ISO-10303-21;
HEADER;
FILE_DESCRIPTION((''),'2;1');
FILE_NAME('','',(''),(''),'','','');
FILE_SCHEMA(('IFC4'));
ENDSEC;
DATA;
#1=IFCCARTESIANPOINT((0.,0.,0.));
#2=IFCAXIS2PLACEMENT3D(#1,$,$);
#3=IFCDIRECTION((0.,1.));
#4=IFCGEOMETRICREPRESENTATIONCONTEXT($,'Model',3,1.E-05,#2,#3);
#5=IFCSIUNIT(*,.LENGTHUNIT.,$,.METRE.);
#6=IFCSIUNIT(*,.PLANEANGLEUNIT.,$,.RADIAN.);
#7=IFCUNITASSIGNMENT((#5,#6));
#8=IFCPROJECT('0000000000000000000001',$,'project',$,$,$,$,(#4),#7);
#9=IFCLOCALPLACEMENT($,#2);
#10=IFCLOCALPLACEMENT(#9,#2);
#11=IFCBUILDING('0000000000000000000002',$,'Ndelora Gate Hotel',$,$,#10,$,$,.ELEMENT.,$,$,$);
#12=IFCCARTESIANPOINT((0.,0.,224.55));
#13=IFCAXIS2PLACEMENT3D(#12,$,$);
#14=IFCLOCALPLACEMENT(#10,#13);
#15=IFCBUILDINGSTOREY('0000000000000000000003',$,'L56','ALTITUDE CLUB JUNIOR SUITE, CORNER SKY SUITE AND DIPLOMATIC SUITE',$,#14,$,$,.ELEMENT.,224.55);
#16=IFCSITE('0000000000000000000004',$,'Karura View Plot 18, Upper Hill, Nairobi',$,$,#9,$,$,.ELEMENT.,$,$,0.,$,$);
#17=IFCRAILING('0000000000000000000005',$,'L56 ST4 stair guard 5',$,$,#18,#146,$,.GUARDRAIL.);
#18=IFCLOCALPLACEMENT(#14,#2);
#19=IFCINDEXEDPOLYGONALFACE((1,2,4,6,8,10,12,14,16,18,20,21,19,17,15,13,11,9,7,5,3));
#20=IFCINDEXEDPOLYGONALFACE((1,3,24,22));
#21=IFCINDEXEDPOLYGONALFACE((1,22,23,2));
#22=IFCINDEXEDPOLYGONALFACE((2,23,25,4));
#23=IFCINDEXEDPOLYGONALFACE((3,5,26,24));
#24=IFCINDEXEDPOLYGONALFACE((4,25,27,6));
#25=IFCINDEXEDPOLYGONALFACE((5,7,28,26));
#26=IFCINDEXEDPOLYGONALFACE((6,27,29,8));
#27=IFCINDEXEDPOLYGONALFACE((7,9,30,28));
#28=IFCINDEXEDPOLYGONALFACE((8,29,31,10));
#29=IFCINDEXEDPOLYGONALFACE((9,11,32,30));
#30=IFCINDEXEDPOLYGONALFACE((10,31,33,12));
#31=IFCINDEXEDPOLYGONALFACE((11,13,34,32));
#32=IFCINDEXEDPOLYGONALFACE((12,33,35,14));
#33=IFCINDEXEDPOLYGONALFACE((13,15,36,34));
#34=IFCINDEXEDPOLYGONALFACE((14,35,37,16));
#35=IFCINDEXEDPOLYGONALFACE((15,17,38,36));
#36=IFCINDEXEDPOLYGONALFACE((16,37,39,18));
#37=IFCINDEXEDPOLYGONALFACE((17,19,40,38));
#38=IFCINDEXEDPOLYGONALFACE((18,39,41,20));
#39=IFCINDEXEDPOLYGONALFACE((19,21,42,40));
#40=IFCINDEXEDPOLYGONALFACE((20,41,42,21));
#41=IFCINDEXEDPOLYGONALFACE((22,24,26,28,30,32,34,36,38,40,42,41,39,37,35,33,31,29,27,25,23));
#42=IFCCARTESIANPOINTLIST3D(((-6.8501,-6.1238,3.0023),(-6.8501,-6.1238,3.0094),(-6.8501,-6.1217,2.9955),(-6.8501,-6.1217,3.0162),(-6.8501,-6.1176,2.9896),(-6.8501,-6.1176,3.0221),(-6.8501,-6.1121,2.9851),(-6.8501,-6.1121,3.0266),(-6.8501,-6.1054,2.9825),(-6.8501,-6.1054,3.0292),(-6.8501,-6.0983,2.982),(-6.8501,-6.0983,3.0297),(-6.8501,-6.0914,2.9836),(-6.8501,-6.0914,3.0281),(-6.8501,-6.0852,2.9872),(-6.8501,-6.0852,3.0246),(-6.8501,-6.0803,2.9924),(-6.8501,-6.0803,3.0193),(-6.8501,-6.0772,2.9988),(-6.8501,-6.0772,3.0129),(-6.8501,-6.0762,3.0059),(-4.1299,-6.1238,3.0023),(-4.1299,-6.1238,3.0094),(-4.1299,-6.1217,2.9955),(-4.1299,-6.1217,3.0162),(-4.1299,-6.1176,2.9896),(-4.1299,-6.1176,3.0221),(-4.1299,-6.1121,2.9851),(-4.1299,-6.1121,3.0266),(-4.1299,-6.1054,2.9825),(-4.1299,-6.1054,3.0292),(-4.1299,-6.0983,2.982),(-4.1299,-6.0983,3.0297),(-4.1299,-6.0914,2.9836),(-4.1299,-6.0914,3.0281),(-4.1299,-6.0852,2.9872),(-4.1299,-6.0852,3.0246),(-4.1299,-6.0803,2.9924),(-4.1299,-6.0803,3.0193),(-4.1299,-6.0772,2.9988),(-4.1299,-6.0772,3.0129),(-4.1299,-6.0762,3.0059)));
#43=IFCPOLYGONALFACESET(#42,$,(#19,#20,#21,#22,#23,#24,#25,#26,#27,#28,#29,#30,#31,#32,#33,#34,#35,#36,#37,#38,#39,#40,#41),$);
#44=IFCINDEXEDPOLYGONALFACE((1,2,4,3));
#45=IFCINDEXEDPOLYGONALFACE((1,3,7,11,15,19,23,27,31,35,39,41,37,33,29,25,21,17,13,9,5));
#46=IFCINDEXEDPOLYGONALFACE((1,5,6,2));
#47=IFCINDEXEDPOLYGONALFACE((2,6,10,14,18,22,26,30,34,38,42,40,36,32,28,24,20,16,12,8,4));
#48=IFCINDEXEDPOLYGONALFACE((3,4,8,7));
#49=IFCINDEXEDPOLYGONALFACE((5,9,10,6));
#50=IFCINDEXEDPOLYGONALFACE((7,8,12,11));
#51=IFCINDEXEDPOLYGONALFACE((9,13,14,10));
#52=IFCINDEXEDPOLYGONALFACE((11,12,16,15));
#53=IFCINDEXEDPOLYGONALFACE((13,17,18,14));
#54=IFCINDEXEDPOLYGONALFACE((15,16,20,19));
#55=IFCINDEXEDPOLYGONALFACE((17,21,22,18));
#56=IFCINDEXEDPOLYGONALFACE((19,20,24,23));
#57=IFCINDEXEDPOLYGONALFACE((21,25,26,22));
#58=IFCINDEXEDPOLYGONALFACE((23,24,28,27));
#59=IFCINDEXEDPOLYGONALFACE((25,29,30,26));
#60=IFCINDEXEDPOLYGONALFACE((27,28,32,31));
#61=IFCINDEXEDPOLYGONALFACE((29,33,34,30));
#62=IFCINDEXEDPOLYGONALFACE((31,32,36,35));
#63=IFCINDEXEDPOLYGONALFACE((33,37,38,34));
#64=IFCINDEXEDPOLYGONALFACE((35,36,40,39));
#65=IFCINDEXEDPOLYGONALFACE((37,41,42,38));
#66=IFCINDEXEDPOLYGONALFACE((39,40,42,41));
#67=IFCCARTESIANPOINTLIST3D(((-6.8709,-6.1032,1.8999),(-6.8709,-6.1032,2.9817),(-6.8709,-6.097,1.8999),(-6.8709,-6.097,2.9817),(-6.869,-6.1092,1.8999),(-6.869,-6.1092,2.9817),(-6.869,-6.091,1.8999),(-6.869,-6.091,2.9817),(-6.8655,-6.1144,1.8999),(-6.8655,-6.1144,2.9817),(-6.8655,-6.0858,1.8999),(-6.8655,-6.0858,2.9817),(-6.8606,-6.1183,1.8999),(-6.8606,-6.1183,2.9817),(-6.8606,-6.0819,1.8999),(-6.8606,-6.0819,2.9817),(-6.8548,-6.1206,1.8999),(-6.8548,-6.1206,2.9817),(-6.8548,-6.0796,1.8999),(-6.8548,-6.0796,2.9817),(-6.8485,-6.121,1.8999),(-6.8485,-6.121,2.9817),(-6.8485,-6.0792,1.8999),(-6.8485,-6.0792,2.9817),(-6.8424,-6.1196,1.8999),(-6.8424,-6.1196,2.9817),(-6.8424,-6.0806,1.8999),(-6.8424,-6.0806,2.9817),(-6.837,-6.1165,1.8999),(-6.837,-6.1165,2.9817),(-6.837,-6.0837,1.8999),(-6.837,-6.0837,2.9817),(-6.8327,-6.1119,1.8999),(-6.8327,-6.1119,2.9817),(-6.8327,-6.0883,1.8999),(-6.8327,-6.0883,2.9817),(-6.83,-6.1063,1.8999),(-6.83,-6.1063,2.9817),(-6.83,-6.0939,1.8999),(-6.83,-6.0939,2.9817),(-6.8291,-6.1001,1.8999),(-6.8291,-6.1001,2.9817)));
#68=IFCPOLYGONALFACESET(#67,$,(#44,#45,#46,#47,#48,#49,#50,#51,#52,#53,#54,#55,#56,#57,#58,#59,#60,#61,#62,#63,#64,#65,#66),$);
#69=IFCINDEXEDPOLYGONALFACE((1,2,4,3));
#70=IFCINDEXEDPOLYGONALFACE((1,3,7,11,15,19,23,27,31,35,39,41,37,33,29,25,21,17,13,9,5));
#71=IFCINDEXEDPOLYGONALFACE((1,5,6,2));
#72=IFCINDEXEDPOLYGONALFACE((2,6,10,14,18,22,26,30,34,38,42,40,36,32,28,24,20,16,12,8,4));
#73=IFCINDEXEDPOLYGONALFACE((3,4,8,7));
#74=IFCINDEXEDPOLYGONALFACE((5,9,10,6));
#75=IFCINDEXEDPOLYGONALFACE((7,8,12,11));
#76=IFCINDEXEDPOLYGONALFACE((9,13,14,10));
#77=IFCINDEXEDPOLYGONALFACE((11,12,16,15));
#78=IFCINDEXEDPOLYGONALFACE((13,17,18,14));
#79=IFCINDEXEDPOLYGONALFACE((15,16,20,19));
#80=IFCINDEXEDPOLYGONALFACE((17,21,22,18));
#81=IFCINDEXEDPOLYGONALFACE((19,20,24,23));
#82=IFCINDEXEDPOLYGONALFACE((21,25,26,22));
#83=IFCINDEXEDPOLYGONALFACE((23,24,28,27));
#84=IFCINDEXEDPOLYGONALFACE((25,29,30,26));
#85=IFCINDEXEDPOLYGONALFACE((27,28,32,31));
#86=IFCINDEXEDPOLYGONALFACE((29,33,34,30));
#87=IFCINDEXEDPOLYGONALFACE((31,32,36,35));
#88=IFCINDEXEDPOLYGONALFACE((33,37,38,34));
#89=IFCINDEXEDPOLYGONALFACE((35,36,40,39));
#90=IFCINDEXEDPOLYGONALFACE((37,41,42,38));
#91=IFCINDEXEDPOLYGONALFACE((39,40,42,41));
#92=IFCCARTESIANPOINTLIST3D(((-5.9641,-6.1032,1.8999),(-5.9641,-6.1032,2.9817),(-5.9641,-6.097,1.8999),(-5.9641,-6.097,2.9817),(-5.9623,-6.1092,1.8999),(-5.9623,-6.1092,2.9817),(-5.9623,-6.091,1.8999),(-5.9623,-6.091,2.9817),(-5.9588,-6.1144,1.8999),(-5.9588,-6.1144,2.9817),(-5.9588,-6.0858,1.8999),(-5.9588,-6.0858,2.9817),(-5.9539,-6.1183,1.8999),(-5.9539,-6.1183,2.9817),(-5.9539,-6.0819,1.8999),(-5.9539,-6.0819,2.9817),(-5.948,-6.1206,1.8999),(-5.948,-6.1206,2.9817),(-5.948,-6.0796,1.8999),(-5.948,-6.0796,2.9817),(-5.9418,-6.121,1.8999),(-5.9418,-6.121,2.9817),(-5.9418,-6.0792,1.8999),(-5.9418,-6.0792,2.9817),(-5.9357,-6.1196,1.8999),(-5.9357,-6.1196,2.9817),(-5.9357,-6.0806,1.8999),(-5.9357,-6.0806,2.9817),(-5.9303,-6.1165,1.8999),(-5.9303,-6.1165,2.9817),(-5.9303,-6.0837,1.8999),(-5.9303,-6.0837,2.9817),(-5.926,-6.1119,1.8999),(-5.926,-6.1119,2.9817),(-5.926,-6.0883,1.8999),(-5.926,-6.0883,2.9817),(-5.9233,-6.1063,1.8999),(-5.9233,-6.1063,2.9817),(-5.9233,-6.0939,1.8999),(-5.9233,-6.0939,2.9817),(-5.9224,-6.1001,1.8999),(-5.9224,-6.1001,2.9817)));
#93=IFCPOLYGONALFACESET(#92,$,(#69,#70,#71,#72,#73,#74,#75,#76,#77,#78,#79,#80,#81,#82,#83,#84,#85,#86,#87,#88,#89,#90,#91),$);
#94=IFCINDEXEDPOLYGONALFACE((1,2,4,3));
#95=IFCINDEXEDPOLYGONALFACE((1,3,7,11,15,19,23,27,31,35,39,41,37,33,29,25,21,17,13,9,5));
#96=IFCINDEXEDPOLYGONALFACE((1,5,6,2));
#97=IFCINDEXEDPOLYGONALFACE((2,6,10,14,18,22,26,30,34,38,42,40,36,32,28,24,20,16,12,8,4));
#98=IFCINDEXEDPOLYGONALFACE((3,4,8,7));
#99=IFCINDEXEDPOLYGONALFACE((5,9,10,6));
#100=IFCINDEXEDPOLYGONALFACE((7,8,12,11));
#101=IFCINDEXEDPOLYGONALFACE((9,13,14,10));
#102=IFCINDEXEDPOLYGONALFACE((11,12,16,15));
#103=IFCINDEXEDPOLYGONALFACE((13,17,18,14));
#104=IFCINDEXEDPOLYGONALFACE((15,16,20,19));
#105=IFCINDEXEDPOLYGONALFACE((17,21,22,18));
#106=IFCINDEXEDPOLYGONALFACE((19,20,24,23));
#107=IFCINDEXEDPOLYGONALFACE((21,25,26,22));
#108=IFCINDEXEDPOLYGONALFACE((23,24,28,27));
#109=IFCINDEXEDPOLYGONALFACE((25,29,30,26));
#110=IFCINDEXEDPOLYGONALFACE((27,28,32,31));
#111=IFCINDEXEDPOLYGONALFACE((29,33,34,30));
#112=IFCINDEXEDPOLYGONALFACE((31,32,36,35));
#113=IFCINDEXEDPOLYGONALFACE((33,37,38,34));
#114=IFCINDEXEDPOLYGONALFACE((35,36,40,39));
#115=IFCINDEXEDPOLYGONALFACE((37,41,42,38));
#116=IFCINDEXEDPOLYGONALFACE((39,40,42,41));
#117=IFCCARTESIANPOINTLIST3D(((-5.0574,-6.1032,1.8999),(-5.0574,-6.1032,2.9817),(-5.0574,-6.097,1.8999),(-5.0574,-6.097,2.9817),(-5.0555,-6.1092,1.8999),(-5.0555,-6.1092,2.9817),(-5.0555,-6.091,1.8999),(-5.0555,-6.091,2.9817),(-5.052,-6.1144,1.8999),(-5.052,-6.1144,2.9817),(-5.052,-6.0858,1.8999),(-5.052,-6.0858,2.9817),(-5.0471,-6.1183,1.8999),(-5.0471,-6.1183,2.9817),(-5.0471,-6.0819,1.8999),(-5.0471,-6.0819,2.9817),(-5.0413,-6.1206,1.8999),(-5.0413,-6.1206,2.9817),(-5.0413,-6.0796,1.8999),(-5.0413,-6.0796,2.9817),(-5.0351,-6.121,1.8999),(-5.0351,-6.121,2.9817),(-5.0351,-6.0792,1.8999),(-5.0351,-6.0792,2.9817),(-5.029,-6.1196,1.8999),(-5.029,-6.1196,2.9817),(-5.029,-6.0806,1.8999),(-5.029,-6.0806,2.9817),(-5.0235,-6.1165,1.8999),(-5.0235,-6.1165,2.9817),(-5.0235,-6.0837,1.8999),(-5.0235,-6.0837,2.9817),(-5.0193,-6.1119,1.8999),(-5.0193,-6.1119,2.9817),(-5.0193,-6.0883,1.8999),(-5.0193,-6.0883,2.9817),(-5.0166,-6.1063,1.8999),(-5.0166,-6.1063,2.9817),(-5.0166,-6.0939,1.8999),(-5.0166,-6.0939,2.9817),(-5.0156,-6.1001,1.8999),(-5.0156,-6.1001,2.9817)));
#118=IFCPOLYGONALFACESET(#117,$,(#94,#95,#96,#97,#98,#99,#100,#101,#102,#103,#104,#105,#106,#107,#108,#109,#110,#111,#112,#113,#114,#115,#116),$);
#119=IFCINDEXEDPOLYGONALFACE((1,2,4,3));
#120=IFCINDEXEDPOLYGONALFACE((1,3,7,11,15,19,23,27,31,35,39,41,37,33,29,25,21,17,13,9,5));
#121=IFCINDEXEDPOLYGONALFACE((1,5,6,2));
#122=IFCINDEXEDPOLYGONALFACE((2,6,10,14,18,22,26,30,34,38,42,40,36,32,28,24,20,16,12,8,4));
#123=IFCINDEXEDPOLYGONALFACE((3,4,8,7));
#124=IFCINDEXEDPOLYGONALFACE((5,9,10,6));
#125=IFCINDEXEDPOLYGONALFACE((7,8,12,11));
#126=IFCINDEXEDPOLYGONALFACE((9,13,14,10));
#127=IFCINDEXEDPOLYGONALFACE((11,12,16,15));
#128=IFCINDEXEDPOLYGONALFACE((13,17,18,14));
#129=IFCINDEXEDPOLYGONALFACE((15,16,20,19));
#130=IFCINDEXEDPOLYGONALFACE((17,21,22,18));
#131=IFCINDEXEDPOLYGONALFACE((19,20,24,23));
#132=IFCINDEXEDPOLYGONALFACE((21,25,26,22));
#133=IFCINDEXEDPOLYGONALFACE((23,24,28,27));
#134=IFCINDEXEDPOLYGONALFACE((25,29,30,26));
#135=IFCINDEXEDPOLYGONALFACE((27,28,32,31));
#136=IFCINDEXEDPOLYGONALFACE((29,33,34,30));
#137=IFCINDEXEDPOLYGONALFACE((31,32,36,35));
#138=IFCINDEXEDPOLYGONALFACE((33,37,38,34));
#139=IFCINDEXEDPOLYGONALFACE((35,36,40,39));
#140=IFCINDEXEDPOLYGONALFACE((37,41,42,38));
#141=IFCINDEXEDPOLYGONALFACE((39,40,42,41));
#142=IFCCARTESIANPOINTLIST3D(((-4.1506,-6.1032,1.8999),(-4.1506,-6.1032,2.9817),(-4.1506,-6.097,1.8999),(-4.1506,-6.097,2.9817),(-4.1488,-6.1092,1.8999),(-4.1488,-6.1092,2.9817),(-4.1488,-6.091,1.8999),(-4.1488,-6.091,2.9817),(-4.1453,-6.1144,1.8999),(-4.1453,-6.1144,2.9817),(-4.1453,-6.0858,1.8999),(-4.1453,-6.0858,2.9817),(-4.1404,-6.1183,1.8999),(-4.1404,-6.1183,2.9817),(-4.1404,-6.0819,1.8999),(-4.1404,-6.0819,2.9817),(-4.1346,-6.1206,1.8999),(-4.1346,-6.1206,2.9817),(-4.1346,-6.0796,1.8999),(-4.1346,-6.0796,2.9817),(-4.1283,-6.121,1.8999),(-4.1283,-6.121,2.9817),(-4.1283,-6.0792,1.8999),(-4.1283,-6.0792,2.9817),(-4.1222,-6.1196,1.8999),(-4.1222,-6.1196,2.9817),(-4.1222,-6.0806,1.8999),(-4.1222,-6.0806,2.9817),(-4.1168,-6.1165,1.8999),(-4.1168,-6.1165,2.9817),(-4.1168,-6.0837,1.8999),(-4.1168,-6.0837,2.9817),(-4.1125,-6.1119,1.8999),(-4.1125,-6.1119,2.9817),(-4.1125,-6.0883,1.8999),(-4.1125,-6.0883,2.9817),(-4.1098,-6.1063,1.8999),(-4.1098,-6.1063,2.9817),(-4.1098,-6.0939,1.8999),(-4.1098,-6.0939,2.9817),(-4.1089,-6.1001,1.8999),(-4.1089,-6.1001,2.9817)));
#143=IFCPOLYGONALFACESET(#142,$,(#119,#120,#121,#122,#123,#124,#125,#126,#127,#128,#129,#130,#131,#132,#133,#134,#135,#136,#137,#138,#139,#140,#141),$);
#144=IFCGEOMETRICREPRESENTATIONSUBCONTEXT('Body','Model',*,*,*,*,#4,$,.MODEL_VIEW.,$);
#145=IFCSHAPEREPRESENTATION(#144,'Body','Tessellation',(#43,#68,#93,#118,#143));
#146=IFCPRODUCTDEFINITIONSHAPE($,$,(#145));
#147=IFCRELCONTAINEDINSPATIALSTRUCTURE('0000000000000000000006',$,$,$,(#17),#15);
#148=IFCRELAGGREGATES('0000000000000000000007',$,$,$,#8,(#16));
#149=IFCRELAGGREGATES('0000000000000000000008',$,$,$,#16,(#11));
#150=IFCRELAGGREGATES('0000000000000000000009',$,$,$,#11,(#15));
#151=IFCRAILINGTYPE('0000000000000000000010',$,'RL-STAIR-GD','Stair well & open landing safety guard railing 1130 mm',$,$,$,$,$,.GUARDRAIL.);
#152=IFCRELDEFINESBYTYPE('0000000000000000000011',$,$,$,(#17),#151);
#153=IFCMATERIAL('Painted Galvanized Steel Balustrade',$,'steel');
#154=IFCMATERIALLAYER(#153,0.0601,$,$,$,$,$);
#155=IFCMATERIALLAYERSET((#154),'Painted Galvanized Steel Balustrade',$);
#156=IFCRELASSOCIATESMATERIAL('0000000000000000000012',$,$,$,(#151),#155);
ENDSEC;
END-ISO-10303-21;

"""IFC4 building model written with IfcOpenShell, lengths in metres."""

from ifc_helpers import new_model, si_unit, direction, frame, origin, origin_2d, place, context, subcontext, project, spatial, circle, extrude, material, layer, layer_set, type_object, element, save


model = new_model("IFC4")

# Units and contexts
model_context = context("Model", 3, precision=1e-05, world=origin(), true_north=direction((0.0, 1.0)))
body_context = subcontext(model_context, "Body", "Model", "MODEL_VIEW")
ifc_project = project(units=[si_unit("LENGTHUNIT", "METRE"), si_unit("PLANEANGLEUNIT", "RADIAN")], contexts=[model_context])

# Site, building, storey
site_placement = place(None, origin())
site = spatial("IfcSite", under=ifc_project, at=site_placement, Name="Karura View Plot 18, Upper Hill, Nairobi", CompositionType="ELEMENT", RefElevation=0.0)
building_placement = place(site_placement, origin())
building = spatial("IfcBuilding", under=site, at=building_placement, Name="Ndelora Gate Hotel", CompositionType="ELEMENT")
storey_placement = place(building_placement, frame((0.0, 0.0, 224.55)))
storey = spatial("IfcBuildingStorey", under=building, at=storey_placement, Name="L56", Description="ALTITUDE CLUB JUNIOR SUITE, CORNER SKY SUITE AND DIPLOMATIC SUITE", CompositionType="ELEMENT", Elevation=224.55)

# Railing
ifc_material_1 = material(Name="Painted Galvanized Steel Balustrade", Category="steel")
ifc_layer_1 = layer(ifc_material_1, 0.0601)
ifc_layer_set_1 = layer_set([ifc_layer_1], Name="Painted Galvanized Steel Balustrade")
railing_type_1 = type_object("IfcRailingType", Name="RL-STAIR-GD", Description="Stair well & open landing safety guard railing 1130 mm", PredefinedType="GUARDRAIL", material=ifc_layer_set_1)
railing_1_placement = place(storey_placement, frame((-6.8501, -6.1001, 1.8999)))
element("IfcRailing", 1, at=railing_1_placement, inside=storey, type_object=railing_type_1, Name="L56 ST4 stair guard 5", PredefinedType="GUARDRAIL", context=body_context, shape_type="SweptSolid", body=[
    extrude(circle(Radius=0.0239, at=origin_2d()), frame((0.0, 0.0, 1.106), z_axis=(1.0, 0.0, 0.0), x_axis=(0.0, 1.0, 0.0)), (0.0, 0.0, 1.0), 2.7202),
    extrude(circle(Radius=0.021, at=origin_2d()), origin(), (0.0, 0.0, 1.0), 1.0818),
    extrude(circle(Radius=0.021, at=origin_2d()), frame((0.9067, 0.0, 0.0)), (0.0, 0.0, 1.0), 1.0818),
    extrude(circle(Radius=0.021, at=origin_2d()), frame((1.8135, 0.0, 0.0)), (0.0, 0.0, 1.0), 1.0818),
    extrude(circle(Radius=0.021, at=origin_2d()), frame((2.7202, 0.0, 0.0)), (0.0, 0.0, 1.0), 1.0818),
])

save(model, "model.ifc")
